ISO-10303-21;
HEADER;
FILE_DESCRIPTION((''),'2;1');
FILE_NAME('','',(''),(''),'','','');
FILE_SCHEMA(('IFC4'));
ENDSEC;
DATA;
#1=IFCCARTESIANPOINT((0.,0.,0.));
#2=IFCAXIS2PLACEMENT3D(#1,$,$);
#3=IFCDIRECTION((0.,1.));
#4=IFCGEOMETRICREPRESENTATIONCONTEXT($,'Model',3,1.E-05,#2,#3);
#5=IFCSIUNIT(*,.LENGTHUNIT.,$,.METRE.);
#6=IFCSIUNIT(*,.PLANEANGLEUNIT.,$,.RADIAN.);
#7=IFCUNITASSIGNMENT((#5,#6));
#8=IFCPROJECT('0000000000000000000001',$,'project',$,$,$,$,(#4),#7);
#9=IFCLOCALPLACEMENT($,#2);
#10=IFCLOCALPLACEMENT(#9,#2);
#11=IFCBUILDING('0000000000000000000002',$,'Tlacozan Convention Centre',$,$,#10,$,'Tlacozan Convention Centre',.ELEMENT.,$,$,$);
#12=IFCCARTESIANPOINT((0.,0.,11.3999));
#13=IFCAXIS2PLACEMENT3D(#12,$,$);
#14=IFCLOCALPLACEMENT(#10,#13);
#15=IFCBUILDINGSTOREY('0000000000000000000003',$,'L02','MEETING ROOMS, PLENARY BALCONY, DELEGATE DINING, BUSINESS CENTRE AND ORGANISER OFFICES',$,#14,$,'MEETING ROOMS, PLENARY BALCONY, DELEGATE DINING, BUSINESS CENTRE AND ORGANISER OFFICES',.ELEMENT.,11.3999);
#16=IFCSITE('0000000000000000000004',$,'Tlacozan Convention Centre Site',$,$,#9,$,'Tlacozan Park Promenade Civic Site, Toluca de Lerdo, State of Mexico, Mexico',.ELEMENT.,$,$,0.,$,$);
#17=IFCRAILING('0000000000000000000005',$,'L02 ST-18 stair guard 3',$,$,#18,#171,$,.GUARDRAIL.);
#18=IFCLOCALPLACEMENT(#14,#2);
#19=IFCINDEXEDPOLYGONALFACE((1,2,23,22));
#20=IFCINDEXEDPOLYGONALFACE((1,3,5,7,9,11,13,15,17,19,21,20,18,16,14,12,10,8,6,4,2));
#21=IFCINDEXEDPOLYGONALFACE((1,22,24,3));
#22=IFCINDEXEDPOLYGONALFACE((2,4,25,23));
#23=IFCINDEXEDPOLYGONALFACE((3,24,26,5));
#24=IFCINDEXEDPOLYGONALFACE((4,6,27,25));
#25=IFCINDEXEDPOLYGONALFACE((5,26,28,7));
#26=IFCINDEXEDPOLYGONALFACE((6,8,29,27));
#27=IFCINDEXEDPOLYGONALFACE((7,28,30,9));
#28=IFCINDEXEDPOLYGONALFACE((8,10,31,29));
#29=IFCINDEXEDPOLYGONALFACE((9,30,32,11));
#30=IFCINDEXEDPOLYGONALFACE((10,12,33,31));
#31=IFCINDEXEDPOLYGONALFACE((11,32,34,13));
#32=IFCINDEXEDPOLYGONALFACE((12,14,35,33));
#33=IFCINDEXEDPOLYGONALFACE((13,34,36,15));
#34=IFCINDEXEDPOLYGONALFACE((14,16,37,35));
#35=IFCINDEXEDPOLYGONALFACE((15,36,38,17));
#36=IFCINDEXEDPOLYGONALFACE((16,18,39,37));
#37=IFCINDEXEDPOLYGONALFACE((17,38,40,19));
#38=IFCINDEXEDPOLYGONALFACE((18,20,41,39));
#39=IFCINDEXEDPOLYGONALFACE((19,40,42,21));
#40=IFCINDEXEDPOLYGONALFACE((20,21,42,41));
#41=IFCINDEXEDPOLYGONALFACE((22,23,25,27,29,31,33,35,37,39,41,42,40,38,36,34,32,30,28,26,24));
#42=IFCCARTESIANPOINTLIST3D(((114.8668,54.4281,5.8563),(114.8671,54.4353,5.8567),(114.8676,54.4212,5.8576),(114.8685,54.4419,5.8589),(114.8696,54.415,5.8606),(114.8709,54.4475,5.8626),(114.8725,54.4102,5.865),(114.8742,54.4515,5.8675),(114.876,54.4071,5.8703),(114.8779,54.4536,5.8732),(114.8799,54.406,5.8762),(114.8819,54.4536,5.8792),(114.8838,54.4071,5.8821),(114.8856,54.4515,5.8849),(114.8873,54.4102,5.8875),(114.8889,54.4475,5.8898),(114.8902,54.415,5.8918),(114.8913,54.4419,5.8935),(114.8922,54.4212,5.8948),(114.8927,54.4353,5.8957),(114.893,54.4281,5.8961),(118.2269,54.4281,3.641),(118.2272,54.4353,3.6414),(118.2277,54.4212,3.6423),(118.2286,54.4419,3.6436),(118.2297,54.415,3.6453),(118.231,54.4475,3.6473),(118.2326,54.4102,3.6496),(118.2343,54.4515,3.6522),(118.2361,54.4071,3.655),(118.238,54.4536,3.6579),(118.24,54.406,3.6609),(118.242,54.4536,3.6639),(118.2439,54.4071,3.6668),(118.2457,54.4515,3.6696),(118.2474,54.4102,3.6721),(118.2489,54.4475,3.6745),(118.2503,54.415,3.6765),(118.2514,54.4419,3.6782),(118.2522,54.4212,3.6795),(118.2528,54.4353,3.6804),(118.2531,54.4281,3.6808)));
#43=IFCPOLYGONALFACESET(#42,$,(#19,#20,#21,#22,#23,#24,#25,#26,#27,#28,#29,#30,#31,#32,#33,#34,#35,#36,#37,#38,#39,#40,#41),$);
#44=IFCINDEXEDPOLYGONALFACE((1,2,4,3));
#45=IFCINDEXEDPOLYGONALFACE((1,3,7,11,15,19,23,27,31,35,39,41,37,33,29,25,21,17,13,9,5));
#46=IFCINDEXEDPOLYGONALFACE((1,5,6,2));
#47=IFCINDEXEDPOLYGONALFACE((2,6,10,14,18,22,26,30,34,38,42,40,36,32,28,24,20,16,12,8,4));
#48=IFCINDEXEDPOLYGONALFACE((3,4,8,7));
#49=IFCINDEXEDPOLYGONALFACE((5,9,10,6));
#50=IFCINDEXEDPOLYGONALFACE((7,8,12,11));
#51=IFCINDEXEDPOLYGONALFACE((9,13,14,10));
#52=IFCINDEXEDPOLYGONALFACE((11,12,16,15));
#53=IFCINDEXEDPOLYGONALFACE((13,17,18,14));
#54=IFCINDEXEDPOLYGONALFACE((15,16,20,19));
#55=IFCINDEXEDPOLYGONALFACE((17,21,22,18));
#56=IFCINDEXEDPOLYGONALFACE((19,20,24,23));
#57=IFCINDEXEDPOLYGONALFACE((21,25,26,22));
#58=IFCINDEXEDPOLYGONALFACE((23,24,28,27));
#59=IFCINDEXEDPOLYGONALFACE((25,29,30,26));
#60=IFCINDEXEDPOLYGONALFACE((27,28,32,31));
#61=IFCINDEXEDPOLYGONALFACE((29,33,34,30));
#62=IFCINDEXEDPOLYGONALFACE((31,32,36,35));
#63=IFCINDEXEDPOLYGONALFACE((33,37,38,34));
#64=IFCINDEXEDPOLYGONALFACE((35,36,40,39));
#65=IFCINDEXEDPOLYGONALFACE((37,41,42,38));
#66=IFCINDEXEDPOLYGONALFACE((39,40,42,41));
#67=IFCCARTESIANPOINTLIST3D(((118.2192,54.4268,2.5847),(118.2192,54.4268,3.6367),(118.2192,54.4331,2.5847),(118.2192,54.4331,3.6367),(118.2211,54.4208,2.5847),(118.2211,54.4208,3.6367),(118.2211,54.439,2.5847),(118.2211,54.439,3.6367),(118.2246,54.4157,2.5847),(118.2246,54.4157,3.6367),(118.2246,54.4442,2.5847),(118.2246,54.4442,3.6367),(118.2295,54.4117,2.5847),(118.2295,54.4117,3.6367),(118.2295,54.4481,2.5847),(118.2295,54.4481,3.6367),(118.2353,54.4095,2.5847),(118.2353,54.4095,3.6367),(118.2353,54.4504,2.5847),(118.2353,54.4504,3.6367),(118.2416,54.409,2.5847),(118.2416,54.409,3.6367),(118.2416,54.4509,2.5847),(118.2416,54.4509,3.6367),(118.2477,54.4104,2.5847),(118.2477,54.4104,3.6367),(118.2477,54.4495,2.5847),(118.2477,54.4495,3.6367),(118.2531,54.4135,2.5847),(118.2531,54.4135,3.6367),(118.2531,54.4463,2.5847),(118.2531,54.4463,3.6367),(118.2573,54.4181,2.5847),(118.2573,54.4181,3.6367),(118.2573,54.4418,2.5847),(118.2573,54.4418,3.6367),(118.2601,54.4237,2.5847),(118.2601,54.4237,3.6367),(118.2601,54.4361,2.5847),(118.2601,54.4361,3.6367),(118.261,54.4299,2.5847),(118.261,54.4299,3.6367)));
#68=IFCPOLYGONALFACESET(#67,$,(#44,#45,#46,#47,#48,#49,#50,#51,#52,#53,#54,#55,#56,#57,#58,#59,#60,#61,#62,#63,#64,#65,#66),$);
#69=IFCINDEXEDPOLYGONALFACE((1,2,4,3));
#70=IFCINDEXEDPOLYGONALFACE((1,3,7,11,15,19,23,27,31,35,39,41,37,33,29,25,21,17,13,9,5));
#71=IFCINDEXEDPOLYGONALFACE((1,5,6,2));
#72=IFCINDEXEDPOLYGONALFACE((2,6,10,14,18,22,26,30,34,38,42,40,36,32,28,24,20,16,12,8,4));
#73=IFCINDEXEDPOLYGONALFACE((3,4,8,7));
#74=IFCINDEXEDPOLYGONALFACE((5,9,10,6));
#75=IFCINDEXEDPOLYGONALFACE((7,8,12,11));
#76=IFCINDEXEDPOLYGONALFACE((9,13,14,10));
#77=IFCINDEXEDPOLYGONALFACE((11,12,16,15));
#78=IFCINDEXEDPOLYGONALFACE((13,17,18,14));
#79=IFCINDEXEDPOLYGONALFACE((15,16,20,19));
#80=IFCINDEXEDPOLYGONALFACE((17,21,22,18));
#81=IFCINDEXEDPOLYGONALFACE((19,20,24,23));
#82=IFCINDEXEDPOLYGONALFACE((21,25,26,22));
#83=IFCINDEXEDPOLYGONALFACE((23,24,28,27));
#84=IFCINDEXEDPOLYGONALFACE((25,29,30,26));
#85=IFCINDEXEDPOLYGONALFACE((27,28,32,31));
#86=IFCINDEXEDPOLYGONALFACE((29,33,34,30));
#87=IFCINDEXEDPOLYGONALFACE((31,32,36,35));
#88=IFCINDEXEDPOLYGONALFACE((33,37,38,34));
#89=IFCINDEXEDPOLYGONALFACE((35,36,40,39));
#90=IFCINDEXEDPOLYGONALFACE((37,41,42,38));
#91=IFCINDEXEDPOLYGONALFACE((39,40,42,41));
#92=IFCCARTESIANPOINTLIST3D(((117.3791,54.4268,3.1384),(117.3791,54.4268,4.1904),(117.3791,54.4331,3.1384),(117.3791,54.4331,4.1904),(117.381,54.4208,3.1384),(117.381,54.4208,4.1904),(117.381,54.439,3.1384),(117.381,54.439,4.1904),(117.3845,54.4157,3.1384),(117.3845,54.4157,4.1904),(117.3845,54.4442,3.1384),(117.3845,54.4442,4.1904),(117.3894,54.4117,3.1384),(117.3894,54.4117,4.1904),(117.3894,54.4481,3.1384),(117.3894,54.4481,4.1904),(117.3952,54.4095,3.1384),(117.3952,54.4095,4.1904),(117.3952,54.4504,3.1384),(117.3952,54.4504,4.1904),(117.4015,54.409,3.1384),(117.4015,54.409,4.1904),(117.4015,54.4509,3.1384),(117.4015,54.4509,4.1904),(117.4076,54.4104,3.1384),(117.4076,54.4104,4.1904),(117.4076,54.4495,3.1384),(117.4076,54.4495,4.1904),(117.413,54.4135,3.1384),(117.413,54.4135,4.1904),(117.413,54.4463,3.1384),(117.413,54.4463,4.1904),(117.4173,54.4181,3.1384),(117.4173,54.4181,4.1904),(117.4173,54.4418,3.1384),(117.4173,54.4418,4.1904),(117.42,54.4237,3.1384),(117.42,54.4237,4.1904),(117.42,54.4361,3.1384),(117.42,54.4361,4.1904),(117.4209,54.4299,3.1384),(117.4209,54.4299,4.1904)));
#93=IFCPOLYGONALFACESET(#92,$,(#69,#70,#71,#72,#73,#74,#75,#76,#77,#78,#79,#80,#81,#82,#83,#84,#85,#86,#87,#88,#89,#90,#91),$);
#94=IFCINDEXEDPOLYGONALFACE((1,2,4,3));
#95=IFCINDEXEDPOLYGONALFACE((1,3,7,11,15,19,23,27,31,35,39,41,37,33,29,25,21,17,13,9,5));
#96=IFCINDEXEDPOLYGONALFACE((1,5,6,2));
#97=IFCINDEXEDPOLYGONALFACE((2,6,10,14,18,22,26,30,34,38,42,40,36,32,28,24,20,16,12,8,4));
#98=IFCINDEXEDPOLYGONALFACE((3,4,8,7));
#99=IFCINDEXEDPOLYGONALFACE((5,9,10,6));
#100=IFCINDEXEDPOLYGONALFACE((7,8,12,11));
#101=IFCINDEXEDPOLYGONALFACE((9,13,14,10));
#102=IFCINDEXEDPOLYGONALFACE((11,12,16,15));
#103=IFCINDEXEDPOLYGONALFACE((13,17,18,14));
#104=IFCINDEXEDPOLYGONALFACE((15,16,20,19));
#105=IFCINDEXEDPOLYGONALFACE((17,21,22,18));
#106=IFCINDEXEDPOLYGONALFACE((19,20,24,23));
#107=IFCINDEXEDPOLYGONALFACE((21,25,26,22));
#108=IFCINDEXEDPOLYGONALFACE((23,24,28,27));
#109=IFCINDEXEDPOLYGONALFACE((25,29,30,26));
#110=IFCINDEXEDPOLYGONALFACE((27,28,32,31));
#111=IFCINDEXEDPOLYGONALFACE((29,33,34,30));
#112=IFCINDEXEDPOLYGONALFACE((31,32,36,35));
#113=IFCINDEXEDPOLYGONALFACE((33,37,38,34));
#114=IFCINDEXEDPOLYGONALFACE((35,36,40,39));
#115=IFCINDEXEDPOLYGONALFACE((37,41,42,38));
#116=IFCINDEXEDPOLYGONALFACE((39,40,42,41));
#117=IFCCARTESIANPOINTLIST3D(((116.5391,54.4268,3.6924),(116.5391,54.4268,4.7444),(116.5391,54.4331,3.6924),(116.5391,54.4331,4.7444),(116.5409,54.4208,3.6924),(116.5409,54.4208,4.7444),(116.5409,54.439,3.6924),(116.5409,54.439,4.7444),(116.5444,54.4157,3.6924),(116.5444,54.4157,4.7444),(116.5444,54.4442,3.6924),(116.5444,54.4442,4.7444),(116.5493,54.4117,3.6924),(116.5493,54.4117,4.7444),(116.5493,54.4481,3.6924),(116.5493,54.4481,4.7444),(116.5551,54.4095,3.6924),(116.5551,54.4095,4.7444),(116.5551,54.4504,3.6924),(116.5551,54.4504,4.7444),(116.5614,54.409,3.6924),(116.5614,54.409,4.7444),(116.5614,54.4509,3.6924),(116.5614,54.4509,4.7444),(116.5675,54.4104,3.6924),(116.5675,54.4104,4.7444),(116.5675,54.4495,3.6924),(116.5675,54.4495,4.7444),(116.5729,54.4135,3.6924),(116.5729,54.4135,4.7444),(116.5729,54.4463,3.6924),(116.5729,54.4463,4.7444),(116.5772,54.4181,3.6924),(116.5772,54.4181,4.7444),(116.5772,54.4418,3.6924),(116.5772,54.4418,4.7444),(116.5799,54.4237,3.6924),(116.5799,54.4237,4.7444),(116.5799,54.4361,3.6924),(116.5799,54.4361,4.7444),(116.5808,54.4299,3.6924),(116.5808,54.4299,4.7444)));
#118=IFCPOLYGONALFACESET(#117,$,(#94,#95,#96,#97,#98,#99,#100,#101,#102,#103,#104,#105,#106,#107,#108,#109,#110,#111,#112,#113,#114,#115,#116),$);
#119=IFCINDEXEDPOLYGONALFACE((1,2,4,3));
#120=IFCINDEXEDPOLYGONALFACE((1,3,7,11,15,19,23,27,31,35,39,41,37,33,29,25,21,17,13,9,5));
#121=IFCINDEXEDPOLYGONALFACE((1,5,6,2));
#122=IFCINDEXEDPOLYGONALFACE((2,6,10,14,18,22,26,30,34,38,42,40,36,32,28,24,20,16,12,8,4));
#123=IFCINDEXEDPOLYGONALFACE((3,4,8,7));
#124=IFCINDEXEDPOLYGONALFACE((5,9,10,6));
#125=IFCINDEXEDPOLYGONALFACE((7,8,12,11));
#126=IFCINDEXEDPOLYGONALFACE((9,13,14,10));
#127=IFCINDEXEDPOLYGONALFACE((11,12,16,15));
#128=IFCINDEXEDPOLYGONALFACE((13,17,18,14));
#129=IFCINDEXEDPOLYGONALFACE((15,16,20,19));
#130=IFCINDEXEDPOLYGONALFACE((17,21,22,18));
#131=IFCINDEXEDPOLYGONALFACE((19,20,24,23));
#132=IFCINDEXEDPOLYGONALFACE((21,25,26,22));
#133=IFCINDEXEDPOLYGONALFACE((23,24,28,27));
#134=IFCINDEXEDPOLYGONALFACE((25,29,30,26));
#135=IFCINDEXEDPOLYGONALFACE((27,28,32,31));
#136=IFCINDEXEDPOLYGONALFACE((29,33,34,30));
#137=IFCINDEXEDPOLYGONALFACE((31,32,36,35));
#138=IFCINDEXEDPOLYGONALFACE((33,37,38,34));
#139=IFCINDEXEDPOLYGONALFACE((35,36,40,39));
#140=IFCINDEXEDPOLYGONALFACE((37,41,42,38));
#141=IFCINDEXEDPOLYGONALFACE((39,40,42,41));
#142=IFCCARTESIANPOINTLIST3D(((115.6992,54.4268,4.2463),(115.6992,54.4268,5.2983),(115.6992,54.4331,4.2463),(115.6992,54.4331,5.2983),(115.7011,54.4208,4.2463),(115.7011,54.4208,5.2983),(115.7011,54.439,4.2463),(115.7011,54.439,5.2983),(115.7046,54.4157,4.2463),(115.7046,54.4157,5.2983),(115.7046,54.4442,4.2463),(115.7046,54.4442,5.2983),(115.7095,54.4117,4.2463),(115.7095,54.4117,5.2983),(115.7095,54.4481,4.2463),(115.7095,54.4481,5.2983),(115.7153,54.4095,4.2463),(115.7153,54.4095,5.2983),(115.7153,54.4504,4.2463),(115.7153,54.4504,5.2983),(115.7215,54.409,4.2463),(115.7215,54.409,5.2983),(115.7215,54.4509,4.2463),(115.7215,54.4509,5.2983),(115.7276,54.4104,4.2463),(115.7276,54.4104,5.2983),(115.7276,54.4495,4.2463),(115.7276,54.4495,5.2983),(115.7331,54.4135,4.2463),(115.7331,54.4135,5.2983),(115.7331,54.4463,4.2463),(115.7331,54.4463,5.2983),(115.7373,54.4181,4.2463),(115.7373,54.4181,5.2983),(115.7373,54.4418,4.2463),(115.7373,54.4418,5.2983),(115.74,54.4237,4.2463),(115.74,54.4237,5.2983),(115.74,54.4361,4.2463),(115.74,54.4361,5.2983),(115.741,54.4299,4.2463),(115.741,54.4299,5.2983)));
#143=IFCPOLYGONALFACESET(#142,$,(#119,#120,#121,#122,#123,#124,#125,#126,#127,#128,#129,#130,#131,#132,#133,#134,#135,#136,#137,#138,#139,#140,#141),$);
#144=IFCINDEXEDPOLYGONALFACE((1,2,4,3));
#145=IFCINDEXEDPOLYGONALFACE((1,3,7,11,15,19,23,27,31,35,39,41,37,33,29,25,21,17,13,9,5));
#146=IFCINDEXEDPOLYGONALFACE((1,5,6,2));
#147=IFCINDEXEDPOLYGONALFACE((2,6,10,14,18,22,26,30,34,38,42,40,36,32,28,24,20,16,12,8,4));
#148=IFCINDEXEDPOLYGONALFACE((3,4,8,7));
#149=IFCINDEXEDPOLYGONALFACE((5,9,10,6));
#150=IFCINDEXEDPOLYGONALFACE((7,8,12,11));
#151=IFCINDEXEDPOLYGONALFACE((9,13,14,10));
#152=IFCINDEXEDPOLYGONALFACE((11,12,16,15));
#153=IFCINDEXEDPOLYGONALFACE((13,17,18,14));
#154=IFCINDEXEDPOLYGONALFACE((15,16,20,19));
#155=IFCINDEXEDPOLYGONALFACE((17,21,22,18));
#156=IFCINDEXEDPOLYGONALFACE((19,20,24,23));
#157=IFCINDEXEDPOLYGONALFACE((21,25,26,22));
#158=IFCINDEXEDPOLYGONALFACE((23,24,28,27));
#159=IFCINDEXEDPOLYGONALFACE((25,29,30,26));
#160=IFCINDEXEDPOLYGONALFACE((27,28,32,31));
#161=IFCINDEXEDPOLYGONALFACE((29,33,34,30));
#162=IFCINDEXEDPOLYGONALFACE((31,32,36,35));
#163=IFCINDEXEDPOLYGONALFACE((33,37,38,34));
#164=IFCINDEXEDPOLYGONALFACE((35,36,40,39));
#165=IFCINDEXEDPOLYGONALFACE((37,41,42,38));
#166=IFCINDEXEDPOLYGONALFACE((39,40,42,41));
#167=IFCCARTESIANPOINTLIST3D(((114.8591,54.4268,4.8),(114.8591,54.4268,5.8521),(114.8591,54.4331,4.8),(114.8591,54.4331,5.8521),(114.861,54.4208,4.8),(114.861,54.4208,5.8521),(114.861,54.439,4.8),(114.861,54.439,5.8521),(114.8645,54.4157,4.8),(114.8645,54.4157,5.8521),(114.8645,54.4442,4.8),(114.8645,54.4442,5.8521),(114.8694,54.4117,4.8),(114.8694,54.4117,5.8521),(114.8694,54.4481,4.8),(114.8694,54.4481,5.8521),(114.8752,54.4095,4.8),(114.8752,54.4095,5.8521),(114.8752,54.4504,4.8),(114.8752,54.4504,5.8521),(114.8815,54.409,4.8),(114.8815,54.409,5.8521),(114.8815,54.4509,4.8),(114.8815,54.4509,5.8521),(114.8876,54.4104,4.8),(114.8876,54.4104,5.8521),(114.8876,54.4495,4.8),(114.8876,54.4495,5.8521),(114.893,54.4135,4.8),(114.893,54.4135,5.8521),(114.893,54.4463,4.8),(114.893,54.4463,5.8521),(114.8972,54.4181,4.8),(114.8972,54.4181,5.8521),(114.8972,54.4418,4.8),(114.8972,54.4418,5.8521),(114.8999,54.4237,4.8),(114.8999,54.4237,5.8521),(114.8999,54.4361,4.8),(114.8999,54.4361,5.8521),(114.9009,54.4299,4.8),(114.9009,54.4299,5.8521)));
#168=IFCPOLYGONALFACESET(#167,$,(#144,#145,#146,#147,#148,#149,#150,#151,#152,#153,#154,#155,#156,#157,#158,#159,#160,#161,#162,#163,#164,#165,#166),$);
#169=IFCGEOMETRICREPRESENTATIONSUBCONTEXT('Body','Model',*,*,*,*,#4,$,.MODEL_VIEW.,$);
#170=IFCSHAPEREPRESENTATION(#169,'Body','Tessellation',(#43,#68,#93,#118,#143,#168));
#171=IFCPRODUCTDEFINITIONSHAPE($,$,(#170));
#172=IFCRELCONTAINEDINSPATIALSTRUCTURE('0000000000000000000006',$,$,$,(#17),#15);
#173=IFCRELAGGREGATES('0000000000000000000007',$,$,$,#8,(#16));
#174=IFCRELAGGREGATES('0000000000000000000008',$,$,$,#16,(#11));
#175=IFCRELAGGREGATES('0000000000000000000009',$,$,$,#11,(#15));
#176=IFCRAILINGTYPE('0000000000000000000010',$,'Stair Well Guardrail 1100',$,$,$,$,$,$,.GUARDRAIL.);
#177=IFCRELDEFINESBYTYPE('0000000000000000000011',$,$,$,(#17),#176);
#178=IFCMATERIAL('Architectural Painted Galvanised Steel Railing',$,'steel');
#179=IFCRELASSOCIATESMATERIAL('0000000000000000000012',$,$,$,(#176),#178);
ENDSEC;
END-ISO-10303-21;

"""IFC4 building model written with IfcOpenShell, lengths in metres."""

from ifc_helpers import new_model, si_unit, direction, frame, origin, origin_2d, place, context, subcontext, project, spatial, circle, extrude, material, type_object, element, save


model = new_model("IFC4")

# Units and contexts
model_context = context("Model", 3, precision=1e-05, world=origin(), true_north=direction((0.0, 1.0)))
body_context = subcontext(model_context, "Body", "Model", "MODEL_VIEW")
ifc_project = project(units=[si_unit("LENGTHUNIT", "METRE"), si_unit("PLANEANGLEUNIT", "RADIAN")], contexts=[model_context])

# Site, building, storey
site_placement = place(None, origin())
site = spatial("IfcSite", under=ifc_project, at=site_placement, Name="Tlacozan Convention Centre Site", LongName="Tlacozan Park Promenade Civic Site, Toluca de Lerdo, State of Mexico, Mexico", CompositionType="ELEMENT", RefElevation=0.0)
building_placement = place(site_placement, origin())
building = spatial("IfcBuilding", under=site, at=building_placement, Name="Tlacozan Convention Centre", LongName="Tlacozan Convention Centre", CompositionType="ELEMENT")
storey_placement = place(building_placement, frame((0.0, 0.0, 11.3999)))
storey = spatial("IfcBuildingStorey", under=building, at=storey_placement, Name="L02", Description="MEETING ROOMS, PLENARY BALCONY, DELEGATE DINING, BUSINESS CENTRE AND ORGANISER OFFICES", LongName="MEETING ROOMS, PLENARY BALCONY, DELEGATE DINING, BUSINESS CENTRE AND ORGANISER OFFICES", CompositionType="ELEMENT", Elevation=11.3999)

# Railing
ifc_material_1 = material(Name="Architectural Painted Galvanised Steel Railing", Category="steel")
railing_type_1 = type_object("IfcRailingType", Name="Stair Well Guardrail 1100", PredefinedType="GUARDRAIL", material=ifc_material_1)
railing_1_placement = place(storey_placement, frame((118.24, 54.4299, 2.5847)))
element("IfcRailing", 1, at=railing_1_placement, inside=storey, type_object=railing_type_1, Name="L02 ST-18 stair guard 3", PredefinedType="GUARDRAIL", context=body_context, shape_type="SweptSolid", body=[
    extrude(circle(Radius=0.0239, at=origin_2d()), frame((0.0, 0.0, 1.0762), z_axis=(-0.834876, 0.0, 0.550437), x_axis=(0.0, -1.0, 0.0)), (0.0, 0.0, 1.0), 4.0247),
    extrude(circle(Radius=0.021, at=origin_2d()), origin(), (0.0, 0.0, 1.0), 1.052),
    extrude(circle(Radius=0.021, at=origin_2d()), frame((-0.8401, 0.0, 0.5537)), (0.0, 0.0, 1.0), 1.052),
    extrude(circle(Radius=0.021, at=origin_2d()), frame((-1.6802, 0.0, 1.1077)), (0.0, 0.0, 1.0), 1.052),
    extrude(circle(Radius=0.021, at=origin_2d()), frame((-2.52, 0.0, 1.6616)), (0.0, 0.0, 1.0), 1.052),
    extrude(circle(Radius=0.021, at=origin_2d()), frame((-3.3601, 0.0, 2.2153)), (0.0, 0.0, 1.0), 1.052),
])

save(model, "model.ifc")
